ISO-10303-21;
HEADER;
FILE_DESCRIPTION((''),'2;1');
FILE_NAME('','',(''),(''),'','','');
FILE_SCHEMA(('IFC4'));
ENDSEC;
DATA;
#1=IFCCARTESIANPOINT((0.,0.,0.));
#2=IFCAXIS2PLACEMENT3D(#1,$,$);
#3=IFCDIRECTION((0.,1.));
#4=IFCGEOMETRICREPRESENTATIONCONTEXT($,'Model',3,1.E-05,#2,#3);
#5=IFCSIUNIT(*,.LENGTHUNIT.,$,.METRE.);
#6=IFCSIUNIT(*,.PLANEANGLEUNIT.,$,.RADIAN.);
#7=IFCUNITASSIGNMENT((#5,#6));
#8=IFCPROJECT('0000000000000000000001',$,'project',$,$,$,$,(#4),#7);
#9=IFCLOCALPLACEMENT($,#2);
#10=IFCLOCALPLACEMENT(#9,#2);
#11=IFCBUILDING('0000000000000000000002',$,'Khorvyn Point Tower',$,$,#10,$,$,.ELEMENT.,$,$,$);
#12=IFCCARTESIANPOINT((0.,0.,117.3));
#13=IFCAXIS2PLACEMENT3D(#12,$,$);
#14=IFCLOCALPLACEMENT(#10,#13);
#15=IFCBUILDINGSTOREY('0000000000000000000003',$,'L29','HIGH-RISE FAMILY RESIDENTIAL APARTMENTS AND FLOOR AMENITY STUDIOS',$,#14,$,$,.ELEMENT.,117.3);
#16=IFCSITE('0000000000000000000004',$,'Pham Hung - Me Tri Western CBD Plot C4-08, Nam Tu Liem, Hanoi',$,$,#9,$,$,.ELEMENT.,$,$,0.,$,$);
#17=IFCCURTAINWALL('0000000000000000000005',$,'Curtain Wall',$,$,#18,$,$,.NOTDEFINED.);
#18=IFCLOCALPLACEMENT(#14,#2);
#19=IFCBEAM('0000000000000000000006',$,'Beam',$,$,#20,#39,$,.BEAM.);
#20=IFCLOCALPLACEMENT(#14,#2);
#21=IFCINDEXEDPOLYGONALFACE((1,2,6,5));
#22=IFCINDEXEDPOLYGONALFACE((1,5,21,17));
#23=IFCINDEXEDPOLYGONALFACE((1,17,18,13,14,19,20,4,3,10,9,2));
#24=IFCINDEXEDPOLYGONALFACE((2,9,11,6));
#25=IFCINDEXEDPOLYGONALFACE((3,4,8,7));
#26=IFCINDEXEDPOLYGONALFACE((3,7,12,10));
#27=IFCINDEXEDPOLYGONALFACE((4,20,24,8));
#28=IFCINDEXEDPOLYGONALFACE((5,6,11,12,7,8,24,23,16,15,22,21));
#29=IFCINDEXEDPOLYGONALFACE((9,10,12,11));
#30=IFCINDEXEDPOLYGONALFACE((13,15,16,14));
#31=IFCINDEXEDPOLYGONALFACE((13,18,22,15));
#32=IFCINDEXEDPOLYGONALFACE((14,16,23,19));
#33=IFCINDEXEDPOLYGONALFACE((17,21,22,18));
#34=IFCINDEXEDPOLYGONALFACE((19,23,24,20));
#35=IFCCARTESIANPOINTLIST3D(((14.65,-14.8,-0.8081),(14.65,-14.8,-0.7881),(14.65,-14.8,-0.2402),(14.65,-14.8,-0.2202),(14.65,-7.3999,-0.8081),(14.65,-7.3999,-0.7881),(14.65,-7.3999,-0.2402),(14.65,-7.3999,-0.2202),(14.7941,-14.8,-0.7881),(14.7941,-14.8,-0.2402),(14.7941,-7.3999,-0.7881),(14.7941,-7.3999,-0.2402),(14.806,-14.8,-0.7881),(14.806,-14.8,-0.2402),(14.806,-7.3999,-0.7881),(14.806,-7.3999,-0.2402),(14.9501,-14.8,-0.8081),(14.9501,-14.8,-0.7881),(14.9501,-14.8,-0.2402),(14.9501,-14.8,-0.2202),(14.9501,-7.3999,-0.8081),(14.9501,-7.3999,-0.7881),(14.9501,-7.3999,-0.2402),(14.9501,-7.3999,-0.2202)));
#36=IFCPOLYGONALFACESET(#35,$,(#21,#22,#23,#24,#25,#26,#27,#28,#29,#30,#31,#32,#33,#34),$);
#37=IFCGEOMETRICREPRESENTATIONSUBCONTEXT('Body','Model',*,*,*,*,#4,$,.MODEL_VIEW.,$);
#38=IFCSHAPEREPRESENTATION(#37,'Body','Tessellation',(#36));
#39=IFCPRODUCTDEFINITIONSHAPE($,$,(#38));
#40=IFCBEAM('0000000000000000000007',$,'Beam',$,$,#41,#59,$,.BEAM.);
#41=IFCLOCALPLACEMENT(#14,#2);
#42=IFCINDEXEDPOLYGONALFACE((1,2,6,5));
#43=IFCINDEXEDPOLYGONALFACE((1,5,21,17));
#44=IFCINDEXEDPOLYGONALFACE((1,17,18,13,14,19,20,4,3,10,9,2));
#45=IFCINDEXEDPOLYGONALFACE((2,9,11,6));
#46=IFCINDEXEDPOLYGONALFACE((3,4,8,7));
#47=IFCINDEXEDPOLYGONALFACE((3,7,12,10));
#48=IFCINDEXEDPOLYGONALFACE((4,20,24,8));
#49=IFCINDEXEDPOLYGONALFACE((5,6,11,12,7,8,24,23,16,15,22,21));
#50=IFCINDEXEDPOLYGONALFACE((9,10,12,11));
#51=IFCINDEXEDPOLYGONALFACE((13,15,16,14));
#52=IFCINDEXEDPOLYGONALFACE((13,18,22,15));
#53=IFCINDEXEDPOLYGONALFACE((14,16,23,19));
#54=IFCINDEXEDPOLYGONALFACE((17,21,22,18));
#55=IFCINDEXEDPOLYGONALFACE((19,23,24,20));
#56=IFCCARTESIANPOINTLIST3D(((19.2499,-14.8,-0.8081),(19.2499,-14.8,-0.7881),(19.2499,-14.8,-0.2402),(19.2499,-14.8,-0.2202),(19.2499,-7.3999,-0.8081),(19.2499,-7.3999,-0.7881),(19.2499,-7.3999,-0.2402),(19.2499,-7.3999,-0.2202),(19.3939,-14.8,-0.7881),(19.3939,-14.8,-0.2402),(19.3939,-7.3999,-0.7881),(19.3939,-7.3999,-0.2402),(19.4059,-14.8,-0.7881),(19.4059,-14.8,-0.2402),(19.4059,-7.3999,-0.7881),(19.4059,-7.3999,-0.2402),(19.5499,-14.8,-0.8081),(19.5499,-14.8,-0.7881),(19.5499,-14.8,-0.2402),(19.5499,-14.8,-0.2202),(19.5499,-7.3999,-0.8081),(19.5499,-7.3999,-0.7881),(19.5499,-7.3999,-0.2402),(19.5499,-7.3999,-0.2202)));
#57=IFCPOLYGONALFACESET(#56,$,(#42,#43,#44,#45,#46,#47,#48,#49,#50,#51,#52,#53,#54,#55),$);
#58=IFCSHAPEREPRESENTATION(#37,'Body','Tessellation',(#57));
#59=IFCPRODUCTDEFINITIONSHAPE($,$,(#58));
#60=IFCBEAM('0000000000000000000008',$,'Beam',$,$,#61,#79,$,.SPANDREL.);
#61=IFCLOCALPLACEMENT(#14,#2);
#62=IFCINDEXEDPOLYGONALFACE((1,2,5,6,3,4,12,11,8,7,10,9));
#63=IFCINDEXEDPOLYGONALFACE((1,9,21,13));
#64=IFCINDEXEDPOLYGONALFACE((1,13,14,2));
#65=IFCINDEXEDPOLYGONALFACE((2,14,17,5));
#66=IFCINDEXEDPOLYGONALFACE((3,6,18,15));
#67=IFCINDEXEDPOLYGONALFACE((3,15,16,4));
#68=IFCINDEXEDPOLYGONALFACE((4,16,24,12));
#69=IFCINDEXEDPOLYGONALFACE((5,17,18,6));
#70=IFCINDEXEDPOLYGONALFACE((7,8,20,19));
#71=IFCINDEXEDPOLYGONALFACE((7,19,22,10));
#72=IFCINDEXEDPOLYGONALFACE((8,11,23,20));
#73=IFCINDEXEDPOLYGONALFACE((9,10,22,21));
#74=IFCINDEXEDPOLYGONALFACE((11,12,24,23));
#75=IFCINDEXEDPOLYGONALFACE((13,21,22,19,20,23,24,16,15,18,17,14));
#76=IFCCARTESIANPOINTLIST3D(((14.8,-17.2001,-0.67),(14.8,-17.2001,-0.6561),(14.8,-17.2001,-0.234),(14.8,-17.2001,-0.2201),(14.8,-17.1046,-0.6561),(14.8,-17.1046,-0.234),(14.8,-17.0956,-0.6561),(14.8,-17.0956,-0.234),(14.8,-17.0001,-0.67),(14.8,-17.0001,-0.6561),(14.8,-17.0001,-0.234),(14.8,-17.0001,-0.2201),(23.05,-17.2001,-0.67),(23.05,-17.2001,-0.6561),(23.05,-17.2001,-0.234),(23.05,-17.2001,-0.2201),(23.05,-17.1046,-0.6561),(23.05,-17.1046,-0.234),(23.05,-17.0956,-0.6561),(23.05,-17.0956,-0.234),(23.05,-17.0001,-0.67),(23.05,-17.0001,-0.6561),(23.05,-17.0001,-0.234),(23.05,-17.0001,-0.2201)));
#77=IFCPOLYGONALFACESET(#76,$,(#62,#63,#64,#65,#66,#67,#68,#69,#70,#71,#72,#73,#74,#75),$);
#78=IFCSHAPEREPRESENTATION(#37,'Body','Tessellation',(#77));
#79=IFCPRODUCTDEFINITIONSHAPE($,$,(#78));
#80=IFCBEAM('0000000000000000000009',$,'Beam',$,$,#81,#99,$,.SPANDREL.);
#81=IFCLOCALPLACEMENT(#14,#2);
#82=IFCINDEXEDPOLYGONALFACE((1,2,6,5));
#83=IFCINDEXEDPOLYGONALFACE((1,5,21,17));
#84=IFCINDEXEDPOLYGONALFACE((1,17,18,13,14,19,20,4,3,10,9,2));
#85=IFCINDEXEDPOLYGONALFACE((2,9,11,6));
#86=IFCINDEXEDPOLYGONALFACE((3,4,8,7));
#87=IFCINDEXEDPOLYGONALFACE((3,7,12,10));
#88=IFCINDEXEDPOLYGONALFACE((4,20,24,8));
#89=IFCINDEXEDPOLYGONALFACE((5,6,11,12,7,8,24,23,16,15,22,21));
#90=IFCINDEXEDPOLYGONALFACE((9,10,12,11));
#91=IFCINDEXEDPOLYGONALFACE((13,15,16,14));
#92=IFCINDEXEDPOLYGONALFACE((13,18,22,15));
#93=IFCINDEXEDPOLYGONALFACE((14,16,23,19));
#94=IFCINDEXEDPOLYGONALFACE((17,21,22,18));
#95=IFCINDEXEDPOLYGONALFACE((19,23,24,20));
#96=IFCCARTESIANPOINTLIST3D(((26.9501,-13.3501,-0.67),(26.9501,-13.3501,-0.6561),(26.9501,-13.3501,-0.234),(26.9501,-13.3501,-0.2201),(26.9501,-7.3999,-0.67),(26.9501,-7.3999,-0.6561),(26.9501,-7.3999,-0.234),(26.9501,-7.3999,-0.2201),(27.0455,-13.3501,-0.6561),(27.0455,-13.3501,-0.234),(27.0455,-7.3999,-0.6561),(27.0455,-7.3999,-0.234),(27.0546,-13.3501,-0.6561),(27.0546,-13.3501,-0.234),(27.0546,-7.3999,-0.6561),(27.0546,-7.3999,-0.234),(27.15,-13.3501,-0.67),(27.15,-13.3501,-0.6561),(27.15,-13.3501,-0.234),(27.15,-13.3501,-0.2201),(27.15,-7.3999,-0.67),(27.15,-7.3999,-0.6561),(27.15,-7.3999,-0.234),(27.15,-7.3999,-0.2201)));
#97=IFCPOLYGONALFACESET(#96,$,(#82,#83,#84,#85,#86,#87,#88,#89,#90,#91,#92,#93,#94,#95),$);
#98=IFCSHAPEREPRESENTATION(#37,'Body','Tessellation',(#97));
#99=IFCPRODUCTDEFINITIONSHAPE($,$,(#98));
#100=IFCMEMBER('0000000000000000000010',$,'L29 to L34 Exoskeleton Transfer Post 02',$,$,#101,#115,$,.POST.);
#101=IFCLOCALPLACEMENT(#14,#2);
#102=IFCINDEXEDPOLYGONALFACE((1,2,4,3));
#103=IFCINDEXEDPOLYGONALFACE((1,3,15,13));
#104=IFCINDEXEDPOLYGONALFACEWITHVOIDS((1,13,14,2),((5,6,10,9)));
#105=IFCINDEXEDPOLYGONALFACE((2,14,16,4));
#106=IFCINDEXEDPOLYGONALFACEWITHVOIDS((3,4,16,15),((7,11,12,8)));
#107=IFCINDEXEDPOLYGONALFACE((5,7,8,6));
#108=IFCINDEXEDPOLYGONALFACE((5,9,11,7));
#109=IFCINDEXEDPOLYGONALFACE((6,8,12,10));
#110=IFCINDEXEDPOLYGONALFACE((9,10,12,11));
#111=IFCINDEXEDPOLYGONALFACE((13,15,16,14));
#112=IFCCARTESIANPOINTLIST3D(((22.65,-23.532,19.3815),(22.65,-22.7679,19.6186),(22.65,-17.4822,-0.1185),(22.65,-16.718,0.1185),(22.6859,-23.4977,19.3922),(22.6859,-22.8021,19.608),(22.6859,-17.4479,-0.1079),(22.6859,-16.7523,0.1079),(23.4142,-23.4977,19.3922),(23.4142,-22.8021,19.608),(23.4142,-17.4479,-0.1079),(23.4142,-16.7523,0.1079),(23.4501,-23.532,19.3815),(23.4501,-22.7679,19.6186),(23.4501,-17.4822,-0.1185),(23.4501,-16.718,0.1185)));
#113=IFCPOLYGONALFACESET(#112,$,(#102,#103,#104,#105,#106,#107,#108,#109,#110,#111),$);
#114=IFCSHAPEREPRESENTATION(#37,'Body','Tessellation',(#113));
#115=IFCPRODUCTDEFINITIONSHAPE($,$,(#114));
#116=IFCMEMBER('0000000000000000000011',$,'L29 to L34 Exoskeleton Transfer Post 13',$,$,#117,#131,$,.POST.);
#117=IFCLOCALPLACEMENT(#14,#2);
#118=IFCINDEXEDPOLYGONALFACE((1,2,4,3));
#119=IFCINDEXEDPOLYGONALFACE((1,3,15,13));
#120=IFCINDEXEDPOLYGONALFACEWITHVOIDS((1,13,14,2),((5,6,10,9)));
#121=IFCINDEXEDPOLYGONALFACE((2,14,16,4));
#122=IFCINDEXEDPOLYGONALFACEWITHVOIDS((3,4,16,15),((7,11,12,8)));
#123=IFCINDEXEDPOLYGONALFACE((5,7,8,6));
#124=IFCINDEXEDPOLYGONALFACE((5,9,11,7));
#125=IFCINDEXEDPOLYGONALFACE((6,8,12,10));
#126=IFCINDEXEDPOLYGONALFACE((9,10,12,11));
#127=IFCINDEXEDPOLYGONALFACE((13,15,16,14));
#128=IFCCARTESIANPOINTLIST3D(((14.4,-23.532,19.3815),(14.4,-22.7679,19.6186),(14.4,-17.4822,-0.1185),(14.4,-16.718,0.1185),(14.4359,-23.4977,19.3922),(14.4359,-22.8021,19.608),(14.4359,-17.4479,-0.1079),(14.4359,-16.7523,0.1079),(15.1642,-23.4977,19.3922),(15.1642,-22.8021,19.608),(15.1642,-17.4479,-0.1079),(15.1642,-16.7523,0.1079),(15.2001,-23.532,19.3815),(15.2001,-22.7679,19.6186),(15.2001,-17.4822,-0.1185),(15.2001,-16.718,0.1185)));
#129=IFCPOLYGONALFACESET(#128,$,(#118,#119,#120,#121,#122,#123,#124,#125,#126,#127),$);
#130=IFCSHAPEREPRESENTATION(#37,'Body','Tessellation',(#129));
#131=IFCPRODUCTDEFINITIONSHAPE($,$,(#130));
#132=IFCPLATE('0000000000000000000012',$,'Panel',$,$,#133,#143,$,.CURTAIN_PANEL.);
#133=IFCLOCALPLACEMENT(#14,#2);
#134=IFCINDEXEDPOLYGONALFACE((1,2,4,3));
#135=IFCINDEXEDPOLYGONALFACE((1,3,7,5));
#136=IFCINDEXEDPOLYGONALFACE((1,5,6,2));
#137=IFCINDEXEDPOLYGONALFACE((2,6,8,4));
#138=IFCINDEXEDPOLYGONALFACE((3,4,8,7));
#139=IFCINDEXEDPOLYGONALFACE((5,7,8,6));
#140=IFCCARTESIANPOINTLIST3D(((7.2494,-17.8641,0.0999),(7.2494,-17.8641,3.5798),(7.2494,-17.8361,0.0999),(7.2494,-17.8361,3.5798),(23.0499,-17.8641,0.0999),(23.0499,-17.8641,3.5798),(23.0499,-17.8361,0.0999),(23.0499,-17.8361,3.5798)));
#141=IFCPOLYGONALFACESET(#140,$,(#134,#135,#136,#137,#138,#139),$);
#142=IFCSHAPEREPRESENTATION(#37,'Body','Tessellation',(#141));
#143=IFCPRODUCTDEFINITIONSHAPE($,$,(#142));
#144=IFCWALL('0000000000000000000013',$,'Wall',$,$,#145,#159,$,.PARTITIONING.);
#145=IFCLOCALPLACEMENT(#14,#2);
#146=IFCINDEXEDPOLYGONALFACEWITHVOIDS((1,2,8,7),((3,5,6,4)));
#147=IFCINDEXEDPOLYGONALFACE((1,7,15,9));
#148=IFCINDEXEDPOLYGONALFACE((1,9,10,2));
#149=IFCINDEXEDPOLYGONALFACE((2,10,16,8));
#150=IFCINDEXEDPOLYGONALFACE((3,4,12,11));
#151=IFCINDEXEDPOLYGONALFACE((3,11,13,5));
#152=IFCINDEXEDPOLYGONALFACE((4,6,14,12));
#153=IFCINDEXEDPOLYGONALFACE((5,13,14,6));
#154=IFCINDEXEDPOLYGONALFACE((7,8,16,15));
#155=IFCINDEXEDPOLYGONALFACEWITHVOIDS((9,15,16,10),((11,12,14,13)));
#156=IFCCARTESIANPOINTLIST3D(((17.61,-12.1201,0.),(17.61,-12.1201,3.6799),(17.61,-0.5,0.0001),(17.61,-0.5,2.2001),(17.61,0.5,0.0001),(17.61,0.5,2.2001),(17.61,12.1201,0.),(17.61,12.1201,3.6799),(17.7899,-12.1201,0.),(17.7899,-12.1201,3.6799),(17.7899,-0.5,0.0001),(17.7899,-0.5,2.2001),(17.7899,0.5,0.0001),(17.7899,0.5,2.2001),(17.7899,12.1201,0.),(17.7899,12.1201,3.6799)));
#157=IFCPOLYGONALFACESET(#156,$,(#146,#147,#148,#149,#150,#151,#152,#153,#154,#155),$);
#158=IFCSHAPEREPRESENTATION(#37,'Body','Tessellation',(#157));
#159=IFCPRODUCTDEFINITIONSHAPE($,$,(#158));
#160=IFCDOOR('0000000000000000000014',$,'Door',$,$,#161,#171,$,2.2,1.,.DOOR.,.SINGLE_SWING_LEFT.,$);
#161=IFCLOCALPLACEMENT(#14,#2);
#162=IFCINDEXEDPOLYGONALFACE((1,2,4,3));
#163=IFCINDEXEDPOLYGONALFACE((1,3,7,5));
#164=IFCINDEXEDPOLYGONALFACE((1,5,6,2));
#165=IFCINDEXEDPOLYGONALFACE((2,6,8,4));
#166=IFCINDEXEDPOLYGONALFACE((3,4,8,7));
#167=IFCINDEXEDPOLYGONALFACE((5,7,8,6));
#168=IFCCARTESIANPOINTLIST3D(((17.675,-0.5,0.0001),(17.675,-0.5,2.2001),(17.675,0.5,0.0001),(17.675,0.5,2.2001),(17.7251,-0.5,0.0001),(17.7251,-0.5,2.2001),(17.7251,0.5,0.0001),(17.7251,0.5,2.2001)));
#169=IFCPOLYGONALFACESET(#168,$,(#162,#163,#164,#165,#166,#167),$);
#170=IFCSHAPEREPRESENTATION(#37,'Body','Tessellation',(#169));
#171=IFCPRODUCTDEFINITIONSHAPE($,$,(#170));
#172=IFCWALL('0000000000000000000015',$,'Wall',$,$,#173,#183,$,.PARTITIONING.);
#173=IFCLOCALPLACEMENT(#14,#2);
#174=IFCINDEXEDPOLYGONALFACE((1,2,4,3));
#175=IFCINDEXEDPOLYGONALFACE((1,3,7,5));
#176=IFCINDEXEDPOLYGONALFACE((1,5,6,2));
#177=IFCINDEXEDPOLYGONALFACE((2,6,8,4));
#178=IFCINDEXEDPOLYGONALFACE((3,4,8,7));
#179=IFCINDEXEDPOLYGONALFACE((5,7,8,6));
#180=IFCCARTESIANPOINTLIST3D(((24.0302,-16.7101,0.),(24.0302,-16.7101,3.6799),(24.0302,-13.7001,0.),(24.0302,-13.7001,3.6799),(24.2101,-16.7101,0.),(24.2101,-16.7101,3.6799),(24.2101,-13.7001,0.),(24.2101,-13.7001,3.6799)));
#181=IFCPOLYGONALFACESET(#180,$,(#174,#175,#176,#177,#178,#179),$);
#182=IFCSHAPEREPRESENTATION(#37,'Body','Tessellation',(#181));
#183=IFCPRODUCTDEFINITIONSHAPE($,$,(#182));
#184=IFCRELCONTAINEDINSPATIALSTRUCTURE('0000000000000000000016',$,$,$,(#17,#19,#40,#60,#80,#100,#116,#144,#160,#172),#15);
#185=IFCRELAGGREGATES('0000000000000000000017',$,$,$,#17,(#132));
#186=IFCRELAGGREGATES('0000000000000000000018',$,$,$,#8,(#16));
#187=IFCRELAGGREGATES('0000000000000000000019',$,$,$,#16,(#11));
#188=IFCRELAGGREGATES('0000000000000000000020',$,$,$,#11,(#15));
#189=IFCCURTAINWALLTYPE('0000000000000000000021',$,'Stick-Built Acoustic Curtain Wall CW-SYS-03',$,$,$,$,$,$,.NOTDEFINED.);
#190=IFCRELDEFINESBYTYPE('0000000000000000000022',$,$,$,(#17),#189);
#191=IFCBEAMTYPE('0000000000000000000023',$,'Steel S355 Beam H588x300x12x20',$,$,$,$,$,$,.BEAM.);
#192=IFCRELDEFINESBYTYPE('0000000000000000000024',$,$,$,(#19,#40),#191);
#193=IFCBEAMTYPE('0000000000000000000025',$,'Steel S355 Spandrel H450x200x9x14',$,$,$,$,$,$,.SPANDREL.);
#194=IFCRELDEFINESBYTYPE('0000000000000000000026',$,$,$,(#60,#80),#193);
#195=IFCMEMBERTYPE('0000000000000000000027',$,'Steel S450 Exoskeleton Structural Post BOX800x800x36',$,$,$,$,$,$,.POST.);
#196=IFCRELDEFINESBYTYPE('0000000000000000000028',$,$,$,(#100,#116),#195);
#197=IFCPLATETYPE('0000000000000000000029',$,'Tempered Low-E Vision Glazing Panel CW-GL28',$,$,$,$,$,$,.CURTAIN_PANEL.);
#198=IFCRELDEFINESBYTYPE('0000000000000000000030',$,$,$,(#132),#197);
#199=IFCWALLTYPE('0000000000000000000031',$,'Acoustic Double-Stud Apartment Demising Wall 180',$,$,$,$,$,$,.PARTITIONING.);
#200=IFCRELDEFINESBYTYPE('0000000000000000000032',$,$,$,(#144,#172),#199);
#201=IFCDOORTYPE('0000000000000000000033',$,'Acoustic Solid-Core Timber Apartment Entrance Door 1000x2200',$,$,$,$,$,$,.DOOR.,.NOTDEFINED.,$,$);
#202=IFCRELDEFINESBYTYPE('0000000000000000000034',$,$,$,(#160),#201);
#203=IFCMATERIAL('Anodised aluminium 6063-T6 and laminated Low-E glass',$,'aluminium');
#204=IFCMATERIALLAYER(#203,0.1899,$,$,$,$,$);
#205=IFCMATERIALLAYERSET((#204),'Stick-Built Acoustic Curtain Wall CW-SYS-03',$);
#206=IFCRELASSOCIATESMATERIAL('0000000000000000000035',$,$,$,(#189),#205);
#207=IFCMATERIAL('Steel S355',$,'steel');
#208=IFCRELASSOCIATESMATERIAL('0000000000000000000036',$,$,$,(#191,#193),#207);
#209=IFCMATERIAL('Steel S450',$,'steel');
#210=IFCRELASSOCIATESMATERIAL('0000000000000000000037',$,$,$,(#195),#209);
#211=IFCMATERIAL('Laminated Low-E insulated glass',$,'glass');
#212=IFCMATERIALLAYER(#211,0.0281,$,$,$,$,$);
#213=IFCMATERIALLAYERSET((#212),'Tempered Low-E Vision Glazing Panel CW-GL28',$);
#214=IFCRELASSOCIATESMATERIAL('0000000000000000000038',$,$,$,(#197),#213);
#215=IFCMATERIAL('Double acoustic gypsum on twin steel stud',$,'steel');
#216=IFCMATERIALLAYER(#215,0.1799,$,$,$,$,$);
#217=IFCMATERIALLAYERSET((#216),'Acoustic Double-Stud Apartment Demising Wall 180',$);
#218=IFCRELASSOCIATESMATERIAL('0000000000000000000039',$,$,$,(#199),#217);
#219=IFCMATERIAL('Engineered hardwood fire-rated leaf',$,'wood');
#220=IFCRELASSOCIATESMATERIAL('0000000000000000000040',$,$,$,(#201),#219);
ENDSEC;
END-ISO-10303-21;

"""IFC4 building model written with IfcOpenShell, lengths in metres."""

from ifc_helpers import new_model, si_unit, direction, frame, frame_2d, origin, origin_2d, place, context, subcontext, project, spatial, rectangle, hollow_rectangle, i_section, extrude, material, layer, layer_set, material_profile, profile_set, type_object, element, fill, aggregate, save


model = new_model("IFC4")

# Units and contexts
model_context = context("Model", 3, precision=1e-05, world=origin(), true_north=direction((0.0, 1.0)))
body_context = subcontext(model_context, "Body", "Model", "MODEL_VIEW")
ifc_project = project(units=[si_unit("LENGTHUNIT", "METRE"), si_unit("PLANEANGLEUNIT", "RADIAN")], contexts=[model_context])

# Site, building, storey
site_placement = place(None, origin())
site = spatial("IfcSite", under=ifc_project, at=site_placement, Name="Pham Hung - Me Tri Western CBD Plot C4-08, Nam Tu Liem, Hanoi", CompositionType="ELEMENT", RefElevation=0.0)
building_placement = place(site_placement, origin())
building = spatial("IfcBuilding", under=site, at=building_placement, Name="Khorvyn Point Tower", CompositionType="ELEMENT")
storey_placement = place(building_placement, frame((0.0, 0.0, 117.3)))
storey = spatial("IfcBuildingStorey", under=building, at=storey_placement, Name="L29", Description="HIGH-RISE FAMILY RESIDENTIAL APARTMENTS AND FLOOR AMENITY STUDIOS", CompositionType="ELEMENT", Elevation=117.3)

# Shared definitions
ifc_material_1 = material(Name="Steel S450", Category="steel")

# Curtain wall
ifc_material_2 = material(Name="Anodised aluminium 6063-T6 and laminated Low-E glass", Category="aluminium")
ifc_layer_1 = layer(ifc_material_2, 0.1899)
ifc_layer_set_1 = layer_set([ifc_layer_1], Name="Stick-Built Acoustic Curtain Wall CW-SYS-03")
curtain_wall_type = type_object("IfcCurtainWallType", Name="Stick-Built Acoustic Curtain Wall CW-SYS-03", PredefinedType="NOTDEFINED", material=ifc_layer_set_1)
curtain_wall_1_placement = place(storey_placement, origin())
curtain_wall_1 = element("IfcCurtainWall", 1, at=curtain_wall_1_placement, inside=storey, type_object=curtain_wall_type, Name="Curtain Wall", PredefinedType="NOTDEFINED")

# Beams
ifc_material_3 = material(Name="Steel S355", Category="steel")
ifc_material_profile_1 = material_profile(ifc_material_3, i_section(OverallWidth=0.3, OverallDepth=0.5879, WebThickness=0.012, FlangeThickness=0.02, at=origin_2d()))
ifc_profile_set_1 = profile_set([ifc_material_profile_1], Name="Steel S355 H588x300x12x20")
beam_type_1 = type_object("IfcBeamType", Name="Steel S355 Beam H588x300x12x20", PredefinedType="BEAM", material=ifc_profile_set_1)
for number, where, z_axis, x_axis, name in (
    (2, (14.8, -14.8, -0.5142), (0.0, 1.0, 0.0), (-1.0, 0.0, 0.0), "Beam"),
    (3, (19.3999, -14.8, -0.5142), (0.0, 1.0, 0.0), (-1.0, 0.0, 0.0), "Beam"),
):
    element("IfcBeam", number, at=place(storey_placement, frame(where, z_axis=z_axis, x_axis=x_axis)), inside=storey, type_object=beam_type_1, Name=name, PredefinedType="BEAM", context=body_context, shape_type="SweptSolid", body=[
        extrude(i_section(OverallWidth=0.3, OverallDepth=0.5879, WebThickness=0.012, FlangeThickness=0.02, at=origin_2d()), origin(), (0.0, 0.0, 1.0), 7.4001),
    ])
ifc_material_profile_2 = material_profile(ifc_material_3, i_section(OverallWidth=0.2, OverallDepth=0.45, WebThickness=0.009, FlangeThickness=0.0139, at=origin_2d()))
ifc_profile_set_2 = profile_set([ifc_material_profile_2], Name="Steel S355 H450x200x9x14")
beam_type_2 = type_object("IfcBeamType", Name="Steel S355 Spandrel H450x200x9x14", PredefinedType="SPANDREL", material=ifc_profile_set_2)
beam_1_placement = place(storey_placement, frame((14.8, -17.1001, -0.4451), z_axis=(1.0, 0.0, 0.0), x_axis=(0.0, 1.0, 0.0)))
element("IfcBeam", 4, at=beam_1_placement, inside=storey, type_object=beam_type_2, Name="Beam", PredefinedType="SPANDREL", context=body_context, shape_type="SweptSolid", body=[
    extrude(i_section(OverallWidth=0.2, OverallDepth=0.45, WebThickness=0.009, FlangeThickness=0.0139, at=origin_2d()), origin(), (0.0, 0.0, 1.0), 8.25),
])
beam_2_placement = place(storey_placement, frame((27.05, -13.3501, -0.4451), z_axis=(0.0, 1.0, 0.0), x_axis=(-1.0, 0.0, 0.0)))
element("IfcBeam", 5, at=beam_2_placement, inside=storey, type_object=beam_type_2, Name="Beam", PredefinedType="SPANDREL", context=body_context, shape_type="SweptSolid", body=[
    extrude(i_section(OverallWidth=0.2, OverallDepth=0.45, WebThickness=0.009, FlangeThickness=0.0139, at=origin_2d()), origin(), (0.0, 0.0, 1.0), 5.9502),
])

# Members
ifc_material_profile_3 = material_profile(ifc_material_1, hollow_rectangle(XDim=0.8, YDim=0.8, WallThickness=0.0359, at=origin_2d()))
ifc_profile_set_3 = profile_set([ifc_material_profile_3], Name="Steel S450 BOX800x800x36")
member_type_1 = type_object("IfcMemberType", Name="Steel S450 Exoskeleton Structural Post BOX800x800x36", PredefinedType="POST", material=ifc_profile_set_3)
for number, where, z_axis, x_axis, name in (
    (6, (23.05, -17.1001, 0.0), (0.0, -0.296313, 0.955091), (1.0, 0.0, 0.0), "L29 to L34 Exoskeleton Transfer Post 02"),
    (7, (14.8, -17.1001, 0.0), (0.0, -0.296313, 0.955091), (1.0, 0.0, 0.0), "L29 to L34 Exoskeleton Transfer Post 13"),
):
    element("IfcMember", number, at=place(storey_placement, frame(where, z_axis=z_axis, x_axis=x_axis)), inside=storey, type_object=member_type_1, Name=name, PredefinedType="POST", context=body_context, shape_type="SweptSolid", body=[
        extrude(hollow_rectangle(XDim=0.8, YDim=0.8, WallThickness=0.0359, at=origin_2d()), origin(), (0.0, 0.0, 1.0), 20.417),
    ])

# Plate
ifc_material_4 = material(Name="Laminated Low-E insulated glass", Category="glass")
ifc_layer_2 = layer(ifc_material_4, 0.0281)
ifc_layer_set_2 = layer_set([ifc_layer_2], Name="Tempered Low-E Vision Glazing Panel CW-GL28")
plate_type = type_object("IfcPlateType", Name="Tempered Low-E Vision Glazing Panel CW-GL28", PredefinedType="CURTAIN_PANEL", material=ifc_layer_set_2)
plate_placement = place(storey_placement, frame((15.1497, -17.8501, 0.0999), z_axis=(0.0, 0.0, 1.0), x_axis=(-1.0, 0.0, 0.0)))
plate = element("IfcPlate", 8, at=plate_placement, type_object=plate_type, Name="Panel", PredefinedType="CURTAIN_PANEL", context=body_context, shape_type="SweptSolid", body=[
    extrude(rectangle(XDim=15.8005, YDim=0.0281, at=origin_2d()), origin(), (0.0, 0.0, 1.0), 3.48),
])
aggregate(curtain_wall_1, [plate])

# Wall, opening, door
ifc_material_5 = material(Name="Double acoustic gypsum on twin steel stud", Category="steel")
ifc_layer_3 = layer(ifc_material_5, 0.1799)
ifc_layer_set_3 = layer_set([ifc_layer_3], Name="Acoustic Double-Stud Apartment Demising Wall 180")
wall_type_1 = type_object("IfcWallType", Name="Acoustic Double-Stud Apartment Demising Wall 180", PredefinedType="PARTITIONING", material=ifc_layer_set_3)
wall_1_placement = place(storey_placement, frame((17.7, -12.1201, 0.0), z_axis=(0.0, 0.0, 1.0), x_axis=(0.0, 1.0, 0.0)))
wall_1 = element("IfcWall", 9, at=wall_1_placement, inside=storey, type_object=wall_type_1, Name="Wall", PredefinedType="PARTITIONING", context=body_context, shape_type="SweptSolid", body=[
    extrude(rectangle(XDim=24.2402, YDim=0.1799, at=frame_2d((12.1201, 0.0))), origin(), (0.0, 0.0, 1.0), 3.6799),
])
opening_1_placement = place(wall_1_placement, frame((11.6201, 0.0, 0.0)))
opening_1 = element("IfcOpeningElement", 10, at=opening_1_placement, cuts=wall_1, PredefinedType="OPENING", context=body_context, shape_type="SweptSolid", body=[
    extrude(rectangle(XDim=1.0, YDim=2.2, at=frame_2d((0.5, 1.1001))), frame((0.0, 0.0999, 0.0), z_axis=(0.0, -1.0, 0.0), x_axis=(1.0, 0.0, 0.0)), (0.0, 0.0, 1.0), 0.2),
])
ifc_material_6 = material(Name="Engineered hardwood fire-rated leaf", Category="wood")
door_type_1 = type_object("IfcDoorType", Name="Acoustic Solid-Core Timber Apartment Entrance Door 1000x2200", OperationType="NOTDEFINED", PredefinedType="DOOR", material=ifc_material_6)
door_1_placement = place(opening_1_placement, origin())
door_1 = element("IfcDoor", 11, at=door_1_placement, inside=storey, type_object=door_type_1, Name="Door", OperationType="SINGLE_SWING_LEFT", OverallHeight=2.2, OverallWidth=1.0, PredefinedType="DOOR", context=body_context, shape_type="SweptSolid", body=[
    extrude(rectangle(XDim=1.0, YDim=2.2, at=frame_2d((0.5, 1.1001))), frame((0.0, 0.0249, 0.0), z_axis=(0.0, -1.0, 0.0), x_axis=(1.0, 0.0, 0.0)), (0.0, 0.0, 1.0), 0.05),
])
fill(opening_1, door_1)

# Wall
wall_2_placement = place(storey_placement, frame((24.1201, -16.71, 0.0), z_axis=(0.0, 0.0, 1.0), x_axis=(0.0, 1.0, 0.0)))
element("IfcWall", 12, at=wall_2_placement, inside=storey, type_object=wall_type_1, Name="Wall", PredefinedType="PARTITIONING", context=body_context, shape_type="SweptSolid", body=[
    extrude(rectangle(XDim=3.01, YDim=0.1799, at=frame_2d((1.5049, 0.0))), origin(), (0.0, 0.0, 1.0), 3.6799),
])

save(model, "model.ifc")
